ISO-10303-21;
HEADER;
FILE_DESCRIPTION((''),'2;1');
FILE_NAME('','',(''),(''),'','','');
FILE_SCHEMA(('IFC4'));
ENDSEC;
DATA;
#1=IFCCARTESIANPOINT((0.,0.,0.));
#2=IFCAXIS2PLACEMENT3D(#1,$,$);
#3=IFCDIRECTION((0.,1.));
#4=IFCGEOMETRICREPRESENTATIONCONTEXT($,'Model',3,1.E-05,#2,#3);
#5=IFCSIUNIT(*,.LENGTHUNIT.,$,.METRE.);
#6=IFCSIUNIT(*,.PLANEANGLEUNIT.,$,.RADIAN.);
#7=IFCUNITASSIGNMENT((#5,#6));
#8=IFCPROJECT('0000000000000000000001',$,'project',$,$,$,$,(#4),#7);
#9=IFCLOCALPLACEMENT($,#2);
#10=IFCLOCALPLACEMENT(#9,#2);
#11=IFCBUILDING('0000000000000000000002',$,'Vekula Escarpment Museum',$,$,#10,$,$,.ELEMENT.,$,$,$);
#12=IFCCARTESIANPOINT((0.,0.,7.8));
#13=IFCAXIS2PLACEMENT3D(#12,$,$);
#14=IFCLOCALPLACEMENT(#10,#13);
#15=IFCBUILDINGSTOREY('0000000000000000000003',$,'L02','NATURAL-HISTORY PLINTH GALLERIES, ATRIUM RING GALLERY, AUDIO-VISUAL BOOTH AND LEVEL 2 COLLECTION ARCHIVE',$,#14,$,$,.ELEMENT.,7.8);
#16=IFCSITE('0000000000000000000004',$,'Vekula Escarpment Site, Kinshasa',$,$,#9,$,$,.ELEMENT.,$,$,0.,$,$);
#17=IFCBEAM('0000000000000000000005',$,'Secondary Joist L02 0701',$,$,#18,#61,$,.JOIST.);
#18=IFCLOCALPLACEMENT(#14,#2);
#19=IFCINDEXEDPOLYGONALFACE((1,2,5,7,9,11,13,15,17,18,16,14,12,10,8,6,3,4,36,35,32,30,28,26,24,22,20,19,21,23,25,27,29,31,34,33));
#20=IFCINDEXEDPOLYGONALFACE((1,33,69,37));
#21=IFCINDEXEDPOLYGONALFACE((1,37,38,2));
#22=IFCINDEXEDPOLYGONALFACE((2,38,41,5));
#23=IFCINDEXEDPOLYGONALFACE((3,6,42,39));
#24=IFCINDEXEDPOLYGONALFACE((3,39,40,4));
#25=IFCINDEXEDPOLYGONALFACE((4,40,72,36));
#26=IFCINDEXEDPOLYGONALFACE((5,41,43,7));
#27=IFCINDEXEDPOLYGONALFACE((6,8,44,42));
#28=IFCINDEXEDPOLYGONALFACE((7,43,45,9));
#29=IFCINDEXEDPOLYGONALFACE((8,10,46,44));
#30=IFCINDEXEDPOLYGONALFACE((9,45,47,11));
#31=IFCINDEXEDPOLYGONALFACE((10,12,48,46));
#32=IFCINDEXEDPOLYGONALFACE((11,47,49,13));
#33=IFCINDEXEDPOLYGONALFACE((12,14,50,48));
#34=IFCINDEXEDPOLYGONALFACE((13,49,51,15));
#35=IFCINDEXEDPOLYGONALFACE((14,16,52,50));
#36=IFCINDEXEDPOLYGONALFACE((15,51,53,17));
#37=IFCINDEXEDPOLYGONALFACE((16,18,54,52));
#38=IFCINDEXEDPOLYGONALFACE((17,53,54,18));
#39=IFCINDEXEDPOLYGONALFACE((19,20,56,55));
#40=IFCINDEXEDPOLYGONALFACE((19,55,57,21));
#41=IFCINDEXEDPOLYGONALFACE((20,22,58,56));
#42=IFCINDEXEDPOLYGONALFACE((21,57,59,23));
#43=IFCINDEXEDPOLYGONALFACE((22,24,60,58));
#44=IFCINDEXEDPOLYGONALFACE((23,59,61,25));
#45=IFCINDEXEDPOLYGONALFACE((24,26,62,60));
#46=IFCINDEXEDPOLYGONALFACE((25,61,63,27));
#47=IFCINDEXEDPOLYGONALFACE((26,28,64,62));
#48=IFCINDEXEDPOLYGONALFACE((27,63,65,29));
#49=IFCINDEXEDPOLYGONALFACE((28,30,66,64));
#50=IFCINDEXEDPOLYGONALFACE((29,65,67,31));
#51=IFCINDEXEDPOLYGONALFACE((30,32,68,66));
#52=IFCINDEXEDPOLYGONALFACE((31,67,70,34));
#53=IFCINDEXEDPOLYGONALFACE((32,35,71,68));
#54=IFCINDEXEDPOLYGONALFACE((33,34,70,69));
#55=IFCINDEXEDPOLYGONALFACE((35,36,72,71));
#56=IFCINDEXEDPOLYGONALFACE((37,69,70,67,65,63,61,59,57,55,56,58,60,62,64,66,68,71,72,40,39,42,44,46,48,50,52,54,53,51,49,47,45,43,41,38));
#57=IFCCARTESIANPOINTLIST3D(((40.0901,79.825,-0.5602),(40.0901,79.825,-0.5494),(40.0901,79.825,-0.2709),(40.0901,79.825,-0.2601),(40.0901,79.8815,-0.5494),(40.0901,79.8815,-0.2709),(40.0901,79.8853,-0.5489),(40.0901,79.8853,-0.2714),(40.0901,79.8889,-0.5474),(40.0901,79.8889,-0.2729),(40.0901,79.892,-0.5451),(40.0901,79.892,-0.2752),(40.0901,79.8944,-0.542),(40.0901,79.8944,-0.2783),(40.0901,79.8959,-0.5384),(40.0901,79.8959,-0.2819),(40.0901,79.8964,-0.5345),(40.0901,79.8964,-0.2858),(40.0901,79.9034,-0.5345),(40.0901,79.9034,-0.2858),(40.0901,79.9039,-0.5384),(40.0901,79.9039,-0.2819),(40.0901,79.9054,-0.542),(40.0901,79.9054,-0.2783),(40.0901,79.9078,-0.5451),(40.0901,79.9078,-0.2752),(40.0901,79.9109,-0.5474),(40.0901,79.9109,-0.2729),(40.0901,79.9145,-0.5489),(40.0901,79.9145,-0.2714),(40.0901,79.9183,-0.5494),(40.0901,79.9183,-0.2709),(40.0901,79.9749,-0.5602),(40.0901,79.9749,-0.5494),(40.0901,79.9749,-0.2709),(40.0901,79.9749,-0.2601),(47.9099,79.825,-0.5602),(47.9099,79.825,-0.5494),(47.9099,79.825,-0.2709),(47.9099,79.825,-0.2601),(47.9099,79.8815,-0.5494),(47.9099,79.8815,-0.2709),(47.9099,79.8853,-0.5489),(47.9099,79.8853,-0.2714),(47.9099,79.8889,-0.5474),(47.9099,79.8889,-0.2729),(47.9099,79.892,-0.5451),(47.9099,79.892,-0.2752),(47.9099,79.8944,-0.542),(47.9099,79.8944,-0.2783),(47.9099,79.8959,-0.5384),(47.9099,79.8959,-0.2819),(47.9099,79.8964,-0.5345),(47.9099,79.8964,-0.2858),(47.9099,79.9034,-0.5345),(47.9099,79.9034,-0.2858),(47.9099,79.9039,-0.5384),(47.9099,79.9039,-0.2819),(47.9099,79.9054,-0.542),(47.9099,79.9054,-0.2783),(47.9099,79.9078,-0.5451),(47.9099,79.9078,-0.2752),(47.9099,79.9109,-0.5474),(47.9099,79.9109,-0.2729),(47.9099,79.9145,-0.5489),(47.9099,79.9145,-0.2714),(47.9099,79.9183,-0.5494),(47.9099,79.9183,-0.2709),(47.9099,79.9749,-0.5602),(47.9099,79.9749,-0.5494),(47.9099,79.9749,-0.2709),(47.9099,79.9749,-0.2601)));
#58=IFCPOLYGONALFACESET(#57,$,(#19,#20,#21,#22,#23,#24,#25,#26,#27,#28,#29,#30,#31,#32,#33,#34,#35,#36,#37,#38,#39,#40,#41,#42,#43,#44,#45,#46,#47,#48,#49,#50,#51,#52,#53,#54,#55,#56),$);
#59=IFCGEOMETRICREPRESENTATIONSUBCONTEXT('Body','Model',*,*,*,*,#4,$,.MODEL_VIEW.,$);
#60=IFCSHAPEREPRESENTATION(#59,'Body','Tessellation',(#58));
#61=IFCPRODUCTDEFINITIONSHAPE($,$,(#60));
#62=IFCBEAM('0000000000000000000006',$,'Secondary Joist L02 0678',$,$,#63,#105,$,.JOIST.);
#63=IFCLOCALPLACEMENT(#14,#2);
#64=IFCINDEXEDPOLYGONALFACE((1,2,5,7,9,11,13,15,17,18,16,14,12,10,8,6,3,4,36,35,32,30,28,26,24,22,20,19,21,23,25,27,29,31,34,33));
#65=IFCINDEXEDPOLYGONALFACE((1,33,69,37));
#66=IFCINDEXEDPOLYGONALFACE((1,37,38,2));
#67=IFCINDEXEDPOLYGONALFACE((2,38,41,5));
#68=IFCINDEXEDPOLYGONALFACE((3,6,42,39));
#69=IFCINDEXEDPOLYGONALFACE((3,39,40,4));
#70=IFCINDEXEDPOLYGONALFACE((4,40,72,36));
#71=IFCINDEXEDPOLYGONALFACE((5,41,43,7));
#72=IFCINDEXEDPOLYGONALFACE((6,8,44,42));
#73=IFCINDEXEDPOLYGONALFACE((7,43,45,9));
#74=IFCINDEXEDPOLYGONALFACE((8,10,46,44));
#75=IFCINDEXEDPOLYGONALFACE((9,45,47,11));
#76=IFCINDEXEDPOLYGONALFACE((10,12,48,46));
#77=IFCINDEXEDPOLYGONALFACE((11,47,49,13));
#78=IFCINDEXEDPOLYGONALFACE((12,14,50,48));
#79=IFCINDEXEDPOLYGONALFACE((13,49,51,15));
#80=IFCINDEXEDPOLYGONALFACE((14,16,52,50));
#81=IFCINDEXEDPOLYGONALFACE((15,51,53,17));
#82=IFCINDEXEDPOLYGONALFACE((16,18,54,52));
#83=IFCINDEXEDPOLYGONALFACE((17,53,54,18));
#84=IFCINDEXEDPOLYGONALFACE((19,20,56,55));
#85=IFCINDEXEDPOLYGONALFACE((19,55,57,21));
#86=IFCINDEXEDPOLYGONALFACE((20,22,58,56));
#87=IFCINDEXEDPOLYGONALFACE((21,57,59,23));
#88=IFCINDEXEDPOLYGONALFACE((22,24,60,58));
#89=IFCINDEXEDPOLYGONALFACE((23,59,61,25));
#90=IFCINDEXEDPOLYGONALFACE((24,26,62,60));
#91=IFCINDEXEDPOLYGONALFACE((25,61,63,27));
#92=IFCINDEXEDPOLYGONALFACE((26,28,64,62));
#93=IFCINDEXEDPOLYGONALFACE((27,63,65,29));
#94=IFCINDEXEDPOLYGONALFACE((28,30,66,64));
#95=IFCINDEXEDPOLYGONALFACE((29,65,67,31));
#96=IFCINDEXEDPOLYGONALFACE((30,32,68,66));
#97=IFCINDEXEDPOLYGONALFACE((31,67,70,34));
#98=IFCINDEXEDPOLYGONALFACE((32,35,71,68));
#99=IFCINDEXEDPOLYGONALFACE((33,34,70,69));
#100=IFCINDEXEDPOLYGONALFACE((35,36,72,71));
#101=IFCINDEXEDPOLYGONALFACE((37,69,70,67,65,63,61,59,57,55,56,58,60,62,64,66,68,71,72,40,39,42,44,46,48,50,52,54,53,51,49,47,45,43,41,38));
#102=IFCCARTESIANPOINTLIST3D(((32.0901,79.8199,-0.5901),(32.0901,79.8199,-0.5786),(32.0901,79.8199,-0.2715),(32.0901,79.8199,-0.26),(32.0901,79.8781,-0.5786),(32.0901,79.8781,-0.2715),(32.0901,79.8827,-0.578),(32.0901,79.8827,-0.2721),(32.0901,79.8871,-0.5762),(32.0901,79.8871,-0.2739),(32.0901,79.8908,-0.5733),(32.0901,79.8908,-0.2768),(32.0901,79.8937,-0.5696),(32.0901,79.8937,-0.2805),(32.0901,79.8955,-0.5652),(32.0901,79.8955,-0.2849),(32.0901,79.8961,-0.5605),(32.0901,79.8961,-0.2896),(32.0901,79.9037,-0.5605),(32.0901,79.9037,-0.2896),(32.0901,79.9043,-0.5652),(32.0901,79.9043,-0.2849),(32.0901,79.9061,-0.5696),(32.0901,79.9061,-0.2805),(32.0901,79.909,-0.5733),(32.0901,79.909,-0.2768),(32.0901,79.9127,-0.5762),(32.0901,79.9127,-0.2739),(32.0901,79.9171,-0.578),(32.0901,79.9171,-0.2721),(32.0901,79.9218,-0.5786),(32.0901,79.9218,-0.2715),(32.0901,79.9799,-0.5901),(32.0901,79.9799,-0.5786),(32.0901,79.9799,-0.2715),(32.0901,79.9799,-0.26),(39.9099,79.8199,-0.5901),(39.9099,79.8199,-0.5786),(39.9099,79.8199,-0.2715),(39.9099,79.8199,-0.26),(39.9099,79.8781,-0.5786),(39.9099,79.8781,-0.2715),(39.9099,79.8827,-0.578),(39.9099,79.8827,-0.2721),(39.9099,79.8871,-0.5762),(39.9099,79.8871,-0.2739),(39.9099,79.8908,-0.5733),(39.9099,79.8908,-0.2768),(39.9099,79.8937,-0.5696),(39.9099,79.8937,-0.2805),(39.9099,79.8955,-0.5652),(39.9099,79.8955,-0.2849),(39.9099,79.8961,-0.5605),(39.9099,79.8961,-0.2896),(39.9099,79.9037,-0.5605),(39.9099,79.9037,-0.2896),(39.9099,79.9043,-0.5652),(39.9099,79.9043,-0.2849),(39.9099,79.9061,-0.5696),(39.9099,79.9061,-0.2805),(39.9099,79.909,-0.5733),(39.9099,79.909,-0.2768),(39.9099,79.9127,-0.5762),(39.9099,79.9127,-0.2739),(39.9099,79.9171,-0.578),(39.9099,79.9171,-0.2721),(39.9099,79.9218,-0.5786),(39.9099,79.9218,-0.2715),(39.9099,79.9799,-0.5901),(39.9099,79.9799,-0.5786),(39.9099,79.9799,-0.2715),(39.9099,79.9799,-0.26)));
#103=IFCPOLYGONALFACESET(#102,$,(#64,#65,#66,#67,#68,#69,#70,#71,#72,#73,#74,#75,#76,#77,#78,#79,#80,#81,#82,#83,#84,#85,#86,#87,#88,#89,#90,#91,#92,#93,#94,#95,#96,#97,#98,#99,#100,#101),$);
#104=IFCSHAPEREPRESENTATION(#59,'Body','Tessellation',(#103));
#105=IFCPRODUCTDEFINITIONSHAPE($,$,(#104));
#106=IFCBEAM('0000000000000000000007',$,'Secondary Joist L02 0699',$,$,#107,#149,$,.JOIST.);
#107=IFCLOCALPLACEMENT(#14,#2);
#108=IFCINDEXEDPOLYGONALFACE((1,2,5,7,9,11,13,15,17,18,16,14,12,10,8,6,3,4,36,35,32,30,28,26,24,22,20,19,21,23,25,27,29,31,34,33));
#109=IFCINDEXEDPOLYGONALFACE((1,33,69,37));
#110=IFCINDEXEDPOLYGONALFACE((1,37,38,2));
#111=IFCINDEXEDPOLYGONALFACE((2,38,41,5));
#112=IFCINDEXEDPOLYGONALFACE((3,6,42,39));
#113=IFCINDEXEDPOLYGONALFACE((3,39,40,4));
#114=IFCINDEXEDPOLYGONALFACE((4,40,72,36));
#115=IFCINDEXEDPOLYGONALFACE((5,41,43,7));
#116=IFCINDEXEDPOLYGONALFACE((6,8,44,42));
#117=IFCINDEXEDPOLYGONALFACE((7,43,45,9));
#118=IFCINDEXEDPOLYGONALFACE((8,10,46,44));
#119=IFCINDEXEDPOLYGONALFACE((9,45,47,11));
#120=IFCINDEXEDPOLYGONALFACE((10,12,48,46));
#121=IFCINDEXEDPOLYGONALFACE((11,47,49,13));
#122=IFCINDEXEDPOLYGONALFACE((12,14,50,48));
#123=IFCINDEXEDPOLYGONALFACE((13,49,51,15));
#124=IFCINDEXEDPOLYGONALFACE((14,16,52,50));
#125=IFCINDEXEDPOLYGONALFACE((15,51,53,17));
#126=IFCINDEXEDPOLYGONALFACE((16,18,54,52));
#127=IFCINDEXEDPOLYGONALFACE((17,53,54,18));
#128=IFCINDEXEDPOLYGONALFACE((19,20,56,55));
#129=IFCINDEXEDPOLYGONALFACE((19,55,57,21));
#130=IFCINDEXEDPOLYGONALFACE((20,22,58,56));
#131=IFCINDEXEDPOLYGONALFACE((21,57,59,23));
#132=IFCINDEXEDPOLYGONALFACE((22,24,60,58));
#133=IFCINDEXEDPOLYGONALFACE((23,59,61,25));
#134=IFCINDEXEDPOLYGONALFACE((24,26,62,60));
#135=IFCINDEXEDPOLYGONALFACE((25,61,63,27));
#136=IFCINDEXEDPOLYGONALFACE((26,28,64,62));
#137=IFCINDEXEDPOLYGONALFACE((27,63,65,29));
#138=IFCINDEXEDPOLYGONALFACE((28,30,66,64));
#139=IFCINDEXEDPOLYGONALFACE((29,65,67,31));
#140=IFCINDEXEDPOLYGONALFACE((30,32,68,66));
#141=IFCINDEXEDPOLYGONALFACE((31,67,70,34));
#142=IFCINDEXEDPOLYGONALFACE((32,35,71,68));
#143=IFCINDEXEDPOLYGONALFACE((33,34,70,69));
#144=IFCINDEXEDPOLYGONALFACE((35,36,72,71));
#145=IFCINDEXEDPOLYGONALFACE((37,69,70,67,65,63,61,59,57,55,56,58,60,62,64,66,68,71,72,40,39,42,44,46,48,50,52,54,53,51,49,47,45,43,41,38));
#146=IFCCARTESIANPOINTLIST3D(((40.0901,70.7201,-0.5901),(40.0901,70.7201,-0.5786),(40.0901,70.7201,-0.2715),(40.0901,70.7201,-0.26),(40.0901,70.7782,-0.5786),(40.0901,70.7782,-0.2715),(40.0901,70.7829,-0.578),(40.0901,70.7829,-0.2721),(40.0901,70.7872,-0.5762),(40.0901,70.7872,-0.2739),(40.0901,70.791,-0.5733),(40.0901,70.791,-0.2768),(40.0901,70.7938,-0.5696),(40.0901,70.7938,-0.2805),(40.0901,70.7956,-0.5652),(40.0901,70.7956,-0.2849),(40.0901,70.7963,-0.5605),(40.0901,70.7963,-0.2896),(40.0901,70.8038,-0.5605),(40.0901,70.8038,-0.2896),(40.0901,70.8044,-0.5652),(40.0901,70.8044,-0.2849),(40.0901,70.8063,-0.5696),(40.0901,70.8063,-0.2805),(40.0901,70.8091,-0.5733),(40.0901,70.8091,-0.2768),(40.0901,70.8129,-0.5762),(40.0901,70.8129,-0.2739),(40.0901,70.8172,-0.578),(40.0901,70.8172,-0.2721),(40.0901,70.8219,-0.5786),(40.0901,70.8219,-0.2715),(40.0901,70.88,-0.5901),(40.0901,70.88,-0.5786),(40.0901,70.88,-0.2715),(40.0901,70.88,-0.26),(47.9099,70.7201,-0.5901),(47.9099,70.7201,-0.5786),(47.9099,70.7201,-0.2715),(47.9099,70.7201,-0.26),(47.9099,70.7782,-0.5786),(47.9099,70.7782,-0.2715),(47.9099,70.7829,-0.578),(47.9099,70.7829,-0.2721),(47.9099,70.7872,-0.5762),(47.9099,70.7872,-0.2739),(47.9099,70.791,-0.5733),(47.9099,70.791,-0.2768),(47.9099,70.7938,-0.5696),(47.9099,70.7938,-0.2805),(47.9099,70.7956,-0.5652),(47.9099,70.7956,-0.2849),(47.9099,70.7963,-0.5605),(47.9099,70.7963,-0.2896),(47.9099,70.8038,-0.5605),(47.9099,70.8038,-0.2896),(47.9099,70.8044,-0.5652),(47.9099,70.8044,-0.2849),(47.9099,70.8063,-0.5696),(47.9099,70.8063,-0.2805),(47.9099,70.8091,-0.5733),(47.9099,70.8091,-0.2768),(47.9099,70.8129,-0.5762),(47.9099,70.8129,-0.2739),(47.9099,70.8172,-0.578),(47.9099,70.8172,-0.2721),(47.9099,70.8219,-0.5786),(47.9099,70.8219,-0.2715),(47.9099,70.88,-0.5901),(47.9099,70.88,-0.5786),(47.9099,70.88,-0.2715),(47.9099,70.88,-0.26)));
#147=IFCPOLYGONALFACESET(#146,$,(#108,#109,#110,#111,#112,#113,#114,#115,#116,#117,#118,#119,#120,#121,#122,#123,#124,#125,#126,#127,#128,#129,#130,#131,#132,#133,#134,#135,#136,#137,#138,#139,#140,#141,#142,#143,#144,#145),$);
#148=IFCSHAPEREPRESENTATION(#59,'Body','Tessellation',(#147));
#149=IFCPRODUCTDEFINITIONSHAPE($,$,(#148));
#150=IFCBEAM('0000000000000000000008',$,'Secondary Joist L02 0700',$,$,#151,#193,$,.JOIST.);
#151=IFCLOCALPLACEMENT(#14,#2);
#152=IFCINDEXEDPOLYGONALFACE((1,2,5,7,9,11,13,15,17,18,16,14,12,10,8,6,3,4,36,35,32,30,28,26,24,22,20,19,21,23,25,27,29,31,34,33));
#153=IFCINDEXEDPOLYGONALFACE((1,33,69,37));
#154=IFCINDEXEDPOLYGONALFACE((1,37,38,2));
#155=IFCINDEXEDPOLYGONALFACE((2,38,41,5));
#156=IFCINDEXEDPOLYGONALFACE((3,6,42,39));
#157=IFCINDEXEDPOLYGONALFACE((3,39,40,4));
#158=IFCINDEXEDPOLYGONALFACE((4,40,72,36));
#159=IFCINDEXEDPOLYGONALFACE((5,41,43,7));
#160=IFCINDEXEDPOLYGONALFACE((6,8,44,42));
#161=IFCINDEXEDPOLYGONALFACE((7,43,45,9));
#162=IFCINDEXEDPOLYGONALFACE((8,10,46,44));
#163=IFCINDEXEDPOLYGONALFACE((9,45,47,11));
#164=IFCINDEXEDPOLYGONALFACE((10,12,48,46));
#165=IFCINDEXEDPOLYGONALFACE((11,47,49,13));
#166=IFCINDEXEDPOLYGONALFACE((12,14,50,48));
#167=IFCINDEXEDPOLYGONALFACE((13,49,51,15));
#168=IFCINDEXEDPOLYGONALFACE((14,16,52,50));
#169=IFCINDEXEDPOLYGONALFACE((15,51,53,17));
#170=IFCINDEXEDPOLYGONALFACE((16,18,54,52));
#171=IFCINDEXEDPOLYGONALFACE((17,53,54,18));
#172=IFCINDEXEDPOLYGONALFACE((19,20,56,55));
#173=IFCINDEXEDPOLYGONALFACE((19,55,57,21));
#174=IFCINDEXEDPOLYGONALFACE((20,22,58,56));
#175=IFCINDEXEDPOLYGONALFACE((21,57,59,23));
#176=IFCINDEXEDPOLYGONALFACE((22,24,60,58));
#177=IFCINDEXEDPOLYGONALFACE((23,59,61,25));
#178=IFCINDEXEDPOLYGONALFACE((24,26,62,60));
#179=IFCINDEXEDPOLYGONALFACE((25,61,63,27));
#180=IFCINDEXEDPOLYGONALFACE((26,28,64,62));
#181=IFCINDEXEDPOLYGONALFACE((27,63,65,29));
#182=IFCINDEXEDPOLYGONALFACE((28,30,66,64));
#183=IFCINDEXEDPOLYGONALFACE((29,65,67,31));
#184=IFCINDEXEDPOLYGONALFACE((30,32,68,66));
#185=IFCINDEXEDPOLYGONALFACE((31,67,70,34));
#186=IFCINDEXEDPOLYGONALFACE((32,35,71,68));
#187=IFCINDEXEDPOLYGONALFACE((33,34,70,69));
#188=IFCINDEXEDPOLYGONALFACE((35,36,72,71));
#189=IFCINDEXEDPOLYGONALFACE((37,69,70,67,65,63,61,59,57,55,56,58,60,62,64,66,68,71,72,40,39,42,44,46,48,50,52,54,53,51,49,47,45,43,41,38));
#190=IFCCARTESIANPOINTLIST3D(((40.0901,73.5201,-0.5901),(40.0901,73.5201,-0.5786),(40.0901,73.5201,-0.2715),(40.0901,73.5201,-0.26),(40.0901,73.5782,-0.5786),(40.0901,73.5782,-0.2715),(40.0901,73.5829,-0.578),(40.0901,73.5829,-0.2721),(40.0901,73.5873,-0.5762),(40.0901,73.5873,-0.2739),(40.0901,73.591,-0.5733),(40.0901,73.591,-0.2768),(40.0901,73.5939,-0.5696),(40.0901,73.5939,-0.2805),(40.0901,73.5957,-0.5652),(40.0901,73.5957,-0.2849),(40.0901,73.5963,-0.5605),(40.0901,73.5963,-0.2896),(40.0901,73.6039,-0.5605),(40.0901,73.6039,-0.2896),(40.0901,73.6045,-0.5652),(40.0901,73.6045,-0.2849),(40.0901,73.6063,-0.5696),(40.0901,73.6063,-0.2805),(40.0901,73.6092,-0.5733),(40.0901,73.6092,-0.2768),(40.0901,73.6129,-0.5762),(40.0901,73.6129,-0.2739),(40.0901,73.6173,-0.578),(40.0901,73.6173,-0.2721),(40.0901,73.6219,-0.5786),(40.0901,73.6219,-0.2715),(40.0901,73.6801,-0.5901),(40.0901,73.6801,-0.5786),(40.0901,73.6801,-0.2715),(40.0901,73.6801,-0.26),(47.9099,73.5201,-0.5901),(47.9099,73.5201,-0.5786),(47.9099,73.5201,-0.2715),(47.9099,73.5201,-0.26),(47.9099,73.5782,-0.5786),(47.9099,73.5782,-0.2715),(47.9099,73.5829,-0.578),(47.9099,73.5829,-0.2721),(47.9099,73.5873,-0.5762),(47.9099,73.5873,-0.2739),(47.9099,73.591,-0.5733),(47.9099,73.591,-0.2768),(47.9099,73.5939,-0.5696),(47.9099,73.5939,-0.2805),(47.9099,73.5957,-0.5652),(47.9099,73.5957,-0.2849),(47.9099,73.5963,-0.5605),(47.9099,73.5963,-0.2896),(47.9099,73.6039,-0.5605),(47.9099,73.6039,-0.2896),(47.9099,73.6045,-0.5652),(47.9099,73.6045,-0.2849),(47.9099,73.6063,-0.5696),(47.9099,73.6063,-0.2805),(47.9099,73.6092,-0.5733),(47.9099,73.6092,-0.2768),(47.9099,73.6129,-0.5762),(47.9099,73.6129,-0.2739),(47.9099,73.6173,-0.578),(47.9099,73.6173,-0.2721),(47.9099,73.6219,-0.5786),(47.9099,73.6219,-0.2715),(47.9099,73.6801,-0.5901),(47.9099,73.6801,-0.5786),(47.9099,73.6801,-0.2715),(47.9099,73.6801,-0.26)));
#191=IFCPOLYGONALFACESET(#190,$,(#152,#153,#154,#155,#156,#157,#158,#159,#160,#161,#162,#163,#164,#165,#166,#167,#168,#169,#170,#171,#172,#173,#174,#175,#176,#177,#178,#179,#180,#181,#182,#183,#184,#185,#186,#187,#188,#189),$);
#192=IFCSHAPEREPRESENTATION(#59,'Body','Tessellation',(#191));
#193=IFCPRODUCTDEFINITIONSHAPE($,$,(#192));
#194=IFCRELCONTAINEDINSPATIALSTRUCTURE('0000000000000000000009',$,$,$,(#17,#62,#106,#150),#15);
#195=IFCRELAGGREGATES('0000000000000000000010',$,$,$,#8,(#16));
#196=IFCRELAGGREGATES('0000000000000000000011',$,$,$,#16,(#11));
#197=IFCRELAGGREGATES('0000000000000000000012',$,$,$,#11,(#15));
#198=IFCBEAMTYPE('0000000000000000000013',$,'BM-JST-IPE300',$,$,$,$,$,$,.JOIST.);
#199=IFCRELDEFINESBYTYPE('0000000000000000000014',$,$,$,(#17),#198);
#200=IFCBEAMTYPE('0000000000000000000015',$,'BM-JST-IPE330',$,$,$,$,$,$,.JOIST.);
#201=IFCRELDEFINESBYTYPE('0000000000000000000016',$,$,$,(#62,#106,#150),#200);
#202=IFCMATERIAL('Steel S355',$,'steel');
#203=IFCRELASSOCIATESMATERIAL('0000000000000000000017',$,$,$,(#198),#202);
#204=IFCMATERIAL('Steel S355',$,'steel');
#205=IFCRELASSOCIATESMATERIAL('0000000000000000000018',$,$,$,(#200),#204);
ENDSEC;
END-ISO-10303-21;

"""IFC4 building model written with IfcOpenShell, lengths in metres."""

from ifc_helpers import new_model, si_unit, direction, frame, origin, origin_2d, place, context, subcontext, project, spatial, i_section, extrude, material, material_profile, profile_set, type_object, element, save


model = new_model("IFC4")

# Units and contexts
model_context = context("Model", 3, precision=1e-05, world=origin(), true_north=direction((0.0, 1.0)))
body_context = subcontext(model_context, "Body", "Model", "MODEL_VIEW")
ifc_project = project(units=[si_unit("LENGTHUNIT", "METRE"), si_unit("PLANEANGLEUNIT", "RADIAN")], contexts=[model_context])

# Site, building, storey
site_placement = place(None, origin())
site = spatial("IfcSite", under=ifc_project, at=site_placement, Name="Vekula Escarpment Site, Kinshasa", CompositionType="ELEMENT", RefElevation=0.0)
building_placement = place(site_placement, origin())
building = spatial("IfcBuilding", under=site, at=building_placement, Name="Vekula Escarpment Museum", CompositionType="ELEMENT")
storey_placement = place(building_placement, frame((0.0, 0.0, 7.8)))
storey = spatial("IfcBuildingStorey", under=building, at=storey_placement, Name="L02", Description="NATURAL-HISTORY PLINTH GALLERIES, ATRIUM RING GALLERY, AUDIO-VISUAL BOOTH AND LEVEL 2 COLLECTION ARCHIVE", CompositionType="ELEMENT", Elevation=7.8)

# Beams
ifc_material_1 = material(Name="Steel S355", Category="steel")
ifc_material_profile_1 = material_profile(ifc_material_1, i_section(OverallWidth=0.1499, OverallDepth=0.3, WebThickness=0.0071, FlangeThickness=0.0107, FilletRadius=0.0149, at=origin_2d()), Name="IPE 300")
ifc_profile_set_1 = profile_set([ifc_material_profile_1], Name="Steel S355")
beam_type_1 = type_object("IfcBeamType", Name="BM-JST-IPE300", PredefinedType="JOIST", material=ifc_profile_set_1)
beam_1_placement = place(storey_placement, frame((40.0901, 79.8999, -0.4102), z_axis=(1.0, 0.0, 0.0), x_axis=(0.0, 1.0, 0.0)))
element("IfcBeam", 1, at=beam_1_placement, inside=storey, type_object=beam_type_1, Name="Secondary Joist L02 0701", PredefinedType="JOIST", context=body_context, shape_type="SweptSolid", body=[
    extrude(i_section(OverallWidth=0.1499, OverallDepth=0.3, WebThickness=0.0071, FlangeThickness=0.0107, FilletRadius=0.0149, at=origin_2d()), origin(), (0.0, 0.0, 1.0), 7.8198),
])
ifc_material_2 = material(Name="Steel S355", Category="steel")
ifc_material_profile_2 = material_profile(ifc_material_2, i_section(OverallWidth=0.1599, OverallDepth=0.3301, WebThickness=0.0076, FlangeThickness=0.0115, FilletRadius=0.0181, at=origin_2d()), Name="IPE 330")
ifc_profile_set_2 = profile_set([ifc_material_profile_2], Name="Steel S355")
beam_type_2 = type_object("IfcBeamType", Name="BM-JST-IPE330", PredefinedType="JOIST", material=ifc_profile_set_2)
for number, where, z_axis, x_axis, name in (
    (2, (32.0901, 79.8999, -0.425), (1.0, 0.0, 0.0), (0.0, 1.0, 0.0), "Secondary Joist L02 0678"),
    (3, (40.0901, 70.8, -0.425), (1.0, 0.0, 0.0), (0.0, 1.0, 0.0), "Secondary Joist L02 0699"),
    (4, (40.0901, 73.6001, -0.425), (1.0, 0.0, 0.0), (0.0, 1.0, 0.0), "Secondary Joist L02 0700"),
):
    element("IfcBeam", number, at=place(storey_placement, frame(where, z_axis=z_axis, x_axis=x_axis)), inside=storey, type_object=beam_type_2, Name=name, PredefinedType="JOIST", context=body_context, shape_type="SweptSolid", body=[
        extrude(i_section(OverallWidth=0.1599, OverallDepth=0.3301, WebThickness=0.0076, FlangeThickness=0.0115, FilletRadius=0.0181, at=origin_2d()), origin(), (0.0, 0.0, 1.0), 7.8198),
    ])

save(model, "model.ifc")
